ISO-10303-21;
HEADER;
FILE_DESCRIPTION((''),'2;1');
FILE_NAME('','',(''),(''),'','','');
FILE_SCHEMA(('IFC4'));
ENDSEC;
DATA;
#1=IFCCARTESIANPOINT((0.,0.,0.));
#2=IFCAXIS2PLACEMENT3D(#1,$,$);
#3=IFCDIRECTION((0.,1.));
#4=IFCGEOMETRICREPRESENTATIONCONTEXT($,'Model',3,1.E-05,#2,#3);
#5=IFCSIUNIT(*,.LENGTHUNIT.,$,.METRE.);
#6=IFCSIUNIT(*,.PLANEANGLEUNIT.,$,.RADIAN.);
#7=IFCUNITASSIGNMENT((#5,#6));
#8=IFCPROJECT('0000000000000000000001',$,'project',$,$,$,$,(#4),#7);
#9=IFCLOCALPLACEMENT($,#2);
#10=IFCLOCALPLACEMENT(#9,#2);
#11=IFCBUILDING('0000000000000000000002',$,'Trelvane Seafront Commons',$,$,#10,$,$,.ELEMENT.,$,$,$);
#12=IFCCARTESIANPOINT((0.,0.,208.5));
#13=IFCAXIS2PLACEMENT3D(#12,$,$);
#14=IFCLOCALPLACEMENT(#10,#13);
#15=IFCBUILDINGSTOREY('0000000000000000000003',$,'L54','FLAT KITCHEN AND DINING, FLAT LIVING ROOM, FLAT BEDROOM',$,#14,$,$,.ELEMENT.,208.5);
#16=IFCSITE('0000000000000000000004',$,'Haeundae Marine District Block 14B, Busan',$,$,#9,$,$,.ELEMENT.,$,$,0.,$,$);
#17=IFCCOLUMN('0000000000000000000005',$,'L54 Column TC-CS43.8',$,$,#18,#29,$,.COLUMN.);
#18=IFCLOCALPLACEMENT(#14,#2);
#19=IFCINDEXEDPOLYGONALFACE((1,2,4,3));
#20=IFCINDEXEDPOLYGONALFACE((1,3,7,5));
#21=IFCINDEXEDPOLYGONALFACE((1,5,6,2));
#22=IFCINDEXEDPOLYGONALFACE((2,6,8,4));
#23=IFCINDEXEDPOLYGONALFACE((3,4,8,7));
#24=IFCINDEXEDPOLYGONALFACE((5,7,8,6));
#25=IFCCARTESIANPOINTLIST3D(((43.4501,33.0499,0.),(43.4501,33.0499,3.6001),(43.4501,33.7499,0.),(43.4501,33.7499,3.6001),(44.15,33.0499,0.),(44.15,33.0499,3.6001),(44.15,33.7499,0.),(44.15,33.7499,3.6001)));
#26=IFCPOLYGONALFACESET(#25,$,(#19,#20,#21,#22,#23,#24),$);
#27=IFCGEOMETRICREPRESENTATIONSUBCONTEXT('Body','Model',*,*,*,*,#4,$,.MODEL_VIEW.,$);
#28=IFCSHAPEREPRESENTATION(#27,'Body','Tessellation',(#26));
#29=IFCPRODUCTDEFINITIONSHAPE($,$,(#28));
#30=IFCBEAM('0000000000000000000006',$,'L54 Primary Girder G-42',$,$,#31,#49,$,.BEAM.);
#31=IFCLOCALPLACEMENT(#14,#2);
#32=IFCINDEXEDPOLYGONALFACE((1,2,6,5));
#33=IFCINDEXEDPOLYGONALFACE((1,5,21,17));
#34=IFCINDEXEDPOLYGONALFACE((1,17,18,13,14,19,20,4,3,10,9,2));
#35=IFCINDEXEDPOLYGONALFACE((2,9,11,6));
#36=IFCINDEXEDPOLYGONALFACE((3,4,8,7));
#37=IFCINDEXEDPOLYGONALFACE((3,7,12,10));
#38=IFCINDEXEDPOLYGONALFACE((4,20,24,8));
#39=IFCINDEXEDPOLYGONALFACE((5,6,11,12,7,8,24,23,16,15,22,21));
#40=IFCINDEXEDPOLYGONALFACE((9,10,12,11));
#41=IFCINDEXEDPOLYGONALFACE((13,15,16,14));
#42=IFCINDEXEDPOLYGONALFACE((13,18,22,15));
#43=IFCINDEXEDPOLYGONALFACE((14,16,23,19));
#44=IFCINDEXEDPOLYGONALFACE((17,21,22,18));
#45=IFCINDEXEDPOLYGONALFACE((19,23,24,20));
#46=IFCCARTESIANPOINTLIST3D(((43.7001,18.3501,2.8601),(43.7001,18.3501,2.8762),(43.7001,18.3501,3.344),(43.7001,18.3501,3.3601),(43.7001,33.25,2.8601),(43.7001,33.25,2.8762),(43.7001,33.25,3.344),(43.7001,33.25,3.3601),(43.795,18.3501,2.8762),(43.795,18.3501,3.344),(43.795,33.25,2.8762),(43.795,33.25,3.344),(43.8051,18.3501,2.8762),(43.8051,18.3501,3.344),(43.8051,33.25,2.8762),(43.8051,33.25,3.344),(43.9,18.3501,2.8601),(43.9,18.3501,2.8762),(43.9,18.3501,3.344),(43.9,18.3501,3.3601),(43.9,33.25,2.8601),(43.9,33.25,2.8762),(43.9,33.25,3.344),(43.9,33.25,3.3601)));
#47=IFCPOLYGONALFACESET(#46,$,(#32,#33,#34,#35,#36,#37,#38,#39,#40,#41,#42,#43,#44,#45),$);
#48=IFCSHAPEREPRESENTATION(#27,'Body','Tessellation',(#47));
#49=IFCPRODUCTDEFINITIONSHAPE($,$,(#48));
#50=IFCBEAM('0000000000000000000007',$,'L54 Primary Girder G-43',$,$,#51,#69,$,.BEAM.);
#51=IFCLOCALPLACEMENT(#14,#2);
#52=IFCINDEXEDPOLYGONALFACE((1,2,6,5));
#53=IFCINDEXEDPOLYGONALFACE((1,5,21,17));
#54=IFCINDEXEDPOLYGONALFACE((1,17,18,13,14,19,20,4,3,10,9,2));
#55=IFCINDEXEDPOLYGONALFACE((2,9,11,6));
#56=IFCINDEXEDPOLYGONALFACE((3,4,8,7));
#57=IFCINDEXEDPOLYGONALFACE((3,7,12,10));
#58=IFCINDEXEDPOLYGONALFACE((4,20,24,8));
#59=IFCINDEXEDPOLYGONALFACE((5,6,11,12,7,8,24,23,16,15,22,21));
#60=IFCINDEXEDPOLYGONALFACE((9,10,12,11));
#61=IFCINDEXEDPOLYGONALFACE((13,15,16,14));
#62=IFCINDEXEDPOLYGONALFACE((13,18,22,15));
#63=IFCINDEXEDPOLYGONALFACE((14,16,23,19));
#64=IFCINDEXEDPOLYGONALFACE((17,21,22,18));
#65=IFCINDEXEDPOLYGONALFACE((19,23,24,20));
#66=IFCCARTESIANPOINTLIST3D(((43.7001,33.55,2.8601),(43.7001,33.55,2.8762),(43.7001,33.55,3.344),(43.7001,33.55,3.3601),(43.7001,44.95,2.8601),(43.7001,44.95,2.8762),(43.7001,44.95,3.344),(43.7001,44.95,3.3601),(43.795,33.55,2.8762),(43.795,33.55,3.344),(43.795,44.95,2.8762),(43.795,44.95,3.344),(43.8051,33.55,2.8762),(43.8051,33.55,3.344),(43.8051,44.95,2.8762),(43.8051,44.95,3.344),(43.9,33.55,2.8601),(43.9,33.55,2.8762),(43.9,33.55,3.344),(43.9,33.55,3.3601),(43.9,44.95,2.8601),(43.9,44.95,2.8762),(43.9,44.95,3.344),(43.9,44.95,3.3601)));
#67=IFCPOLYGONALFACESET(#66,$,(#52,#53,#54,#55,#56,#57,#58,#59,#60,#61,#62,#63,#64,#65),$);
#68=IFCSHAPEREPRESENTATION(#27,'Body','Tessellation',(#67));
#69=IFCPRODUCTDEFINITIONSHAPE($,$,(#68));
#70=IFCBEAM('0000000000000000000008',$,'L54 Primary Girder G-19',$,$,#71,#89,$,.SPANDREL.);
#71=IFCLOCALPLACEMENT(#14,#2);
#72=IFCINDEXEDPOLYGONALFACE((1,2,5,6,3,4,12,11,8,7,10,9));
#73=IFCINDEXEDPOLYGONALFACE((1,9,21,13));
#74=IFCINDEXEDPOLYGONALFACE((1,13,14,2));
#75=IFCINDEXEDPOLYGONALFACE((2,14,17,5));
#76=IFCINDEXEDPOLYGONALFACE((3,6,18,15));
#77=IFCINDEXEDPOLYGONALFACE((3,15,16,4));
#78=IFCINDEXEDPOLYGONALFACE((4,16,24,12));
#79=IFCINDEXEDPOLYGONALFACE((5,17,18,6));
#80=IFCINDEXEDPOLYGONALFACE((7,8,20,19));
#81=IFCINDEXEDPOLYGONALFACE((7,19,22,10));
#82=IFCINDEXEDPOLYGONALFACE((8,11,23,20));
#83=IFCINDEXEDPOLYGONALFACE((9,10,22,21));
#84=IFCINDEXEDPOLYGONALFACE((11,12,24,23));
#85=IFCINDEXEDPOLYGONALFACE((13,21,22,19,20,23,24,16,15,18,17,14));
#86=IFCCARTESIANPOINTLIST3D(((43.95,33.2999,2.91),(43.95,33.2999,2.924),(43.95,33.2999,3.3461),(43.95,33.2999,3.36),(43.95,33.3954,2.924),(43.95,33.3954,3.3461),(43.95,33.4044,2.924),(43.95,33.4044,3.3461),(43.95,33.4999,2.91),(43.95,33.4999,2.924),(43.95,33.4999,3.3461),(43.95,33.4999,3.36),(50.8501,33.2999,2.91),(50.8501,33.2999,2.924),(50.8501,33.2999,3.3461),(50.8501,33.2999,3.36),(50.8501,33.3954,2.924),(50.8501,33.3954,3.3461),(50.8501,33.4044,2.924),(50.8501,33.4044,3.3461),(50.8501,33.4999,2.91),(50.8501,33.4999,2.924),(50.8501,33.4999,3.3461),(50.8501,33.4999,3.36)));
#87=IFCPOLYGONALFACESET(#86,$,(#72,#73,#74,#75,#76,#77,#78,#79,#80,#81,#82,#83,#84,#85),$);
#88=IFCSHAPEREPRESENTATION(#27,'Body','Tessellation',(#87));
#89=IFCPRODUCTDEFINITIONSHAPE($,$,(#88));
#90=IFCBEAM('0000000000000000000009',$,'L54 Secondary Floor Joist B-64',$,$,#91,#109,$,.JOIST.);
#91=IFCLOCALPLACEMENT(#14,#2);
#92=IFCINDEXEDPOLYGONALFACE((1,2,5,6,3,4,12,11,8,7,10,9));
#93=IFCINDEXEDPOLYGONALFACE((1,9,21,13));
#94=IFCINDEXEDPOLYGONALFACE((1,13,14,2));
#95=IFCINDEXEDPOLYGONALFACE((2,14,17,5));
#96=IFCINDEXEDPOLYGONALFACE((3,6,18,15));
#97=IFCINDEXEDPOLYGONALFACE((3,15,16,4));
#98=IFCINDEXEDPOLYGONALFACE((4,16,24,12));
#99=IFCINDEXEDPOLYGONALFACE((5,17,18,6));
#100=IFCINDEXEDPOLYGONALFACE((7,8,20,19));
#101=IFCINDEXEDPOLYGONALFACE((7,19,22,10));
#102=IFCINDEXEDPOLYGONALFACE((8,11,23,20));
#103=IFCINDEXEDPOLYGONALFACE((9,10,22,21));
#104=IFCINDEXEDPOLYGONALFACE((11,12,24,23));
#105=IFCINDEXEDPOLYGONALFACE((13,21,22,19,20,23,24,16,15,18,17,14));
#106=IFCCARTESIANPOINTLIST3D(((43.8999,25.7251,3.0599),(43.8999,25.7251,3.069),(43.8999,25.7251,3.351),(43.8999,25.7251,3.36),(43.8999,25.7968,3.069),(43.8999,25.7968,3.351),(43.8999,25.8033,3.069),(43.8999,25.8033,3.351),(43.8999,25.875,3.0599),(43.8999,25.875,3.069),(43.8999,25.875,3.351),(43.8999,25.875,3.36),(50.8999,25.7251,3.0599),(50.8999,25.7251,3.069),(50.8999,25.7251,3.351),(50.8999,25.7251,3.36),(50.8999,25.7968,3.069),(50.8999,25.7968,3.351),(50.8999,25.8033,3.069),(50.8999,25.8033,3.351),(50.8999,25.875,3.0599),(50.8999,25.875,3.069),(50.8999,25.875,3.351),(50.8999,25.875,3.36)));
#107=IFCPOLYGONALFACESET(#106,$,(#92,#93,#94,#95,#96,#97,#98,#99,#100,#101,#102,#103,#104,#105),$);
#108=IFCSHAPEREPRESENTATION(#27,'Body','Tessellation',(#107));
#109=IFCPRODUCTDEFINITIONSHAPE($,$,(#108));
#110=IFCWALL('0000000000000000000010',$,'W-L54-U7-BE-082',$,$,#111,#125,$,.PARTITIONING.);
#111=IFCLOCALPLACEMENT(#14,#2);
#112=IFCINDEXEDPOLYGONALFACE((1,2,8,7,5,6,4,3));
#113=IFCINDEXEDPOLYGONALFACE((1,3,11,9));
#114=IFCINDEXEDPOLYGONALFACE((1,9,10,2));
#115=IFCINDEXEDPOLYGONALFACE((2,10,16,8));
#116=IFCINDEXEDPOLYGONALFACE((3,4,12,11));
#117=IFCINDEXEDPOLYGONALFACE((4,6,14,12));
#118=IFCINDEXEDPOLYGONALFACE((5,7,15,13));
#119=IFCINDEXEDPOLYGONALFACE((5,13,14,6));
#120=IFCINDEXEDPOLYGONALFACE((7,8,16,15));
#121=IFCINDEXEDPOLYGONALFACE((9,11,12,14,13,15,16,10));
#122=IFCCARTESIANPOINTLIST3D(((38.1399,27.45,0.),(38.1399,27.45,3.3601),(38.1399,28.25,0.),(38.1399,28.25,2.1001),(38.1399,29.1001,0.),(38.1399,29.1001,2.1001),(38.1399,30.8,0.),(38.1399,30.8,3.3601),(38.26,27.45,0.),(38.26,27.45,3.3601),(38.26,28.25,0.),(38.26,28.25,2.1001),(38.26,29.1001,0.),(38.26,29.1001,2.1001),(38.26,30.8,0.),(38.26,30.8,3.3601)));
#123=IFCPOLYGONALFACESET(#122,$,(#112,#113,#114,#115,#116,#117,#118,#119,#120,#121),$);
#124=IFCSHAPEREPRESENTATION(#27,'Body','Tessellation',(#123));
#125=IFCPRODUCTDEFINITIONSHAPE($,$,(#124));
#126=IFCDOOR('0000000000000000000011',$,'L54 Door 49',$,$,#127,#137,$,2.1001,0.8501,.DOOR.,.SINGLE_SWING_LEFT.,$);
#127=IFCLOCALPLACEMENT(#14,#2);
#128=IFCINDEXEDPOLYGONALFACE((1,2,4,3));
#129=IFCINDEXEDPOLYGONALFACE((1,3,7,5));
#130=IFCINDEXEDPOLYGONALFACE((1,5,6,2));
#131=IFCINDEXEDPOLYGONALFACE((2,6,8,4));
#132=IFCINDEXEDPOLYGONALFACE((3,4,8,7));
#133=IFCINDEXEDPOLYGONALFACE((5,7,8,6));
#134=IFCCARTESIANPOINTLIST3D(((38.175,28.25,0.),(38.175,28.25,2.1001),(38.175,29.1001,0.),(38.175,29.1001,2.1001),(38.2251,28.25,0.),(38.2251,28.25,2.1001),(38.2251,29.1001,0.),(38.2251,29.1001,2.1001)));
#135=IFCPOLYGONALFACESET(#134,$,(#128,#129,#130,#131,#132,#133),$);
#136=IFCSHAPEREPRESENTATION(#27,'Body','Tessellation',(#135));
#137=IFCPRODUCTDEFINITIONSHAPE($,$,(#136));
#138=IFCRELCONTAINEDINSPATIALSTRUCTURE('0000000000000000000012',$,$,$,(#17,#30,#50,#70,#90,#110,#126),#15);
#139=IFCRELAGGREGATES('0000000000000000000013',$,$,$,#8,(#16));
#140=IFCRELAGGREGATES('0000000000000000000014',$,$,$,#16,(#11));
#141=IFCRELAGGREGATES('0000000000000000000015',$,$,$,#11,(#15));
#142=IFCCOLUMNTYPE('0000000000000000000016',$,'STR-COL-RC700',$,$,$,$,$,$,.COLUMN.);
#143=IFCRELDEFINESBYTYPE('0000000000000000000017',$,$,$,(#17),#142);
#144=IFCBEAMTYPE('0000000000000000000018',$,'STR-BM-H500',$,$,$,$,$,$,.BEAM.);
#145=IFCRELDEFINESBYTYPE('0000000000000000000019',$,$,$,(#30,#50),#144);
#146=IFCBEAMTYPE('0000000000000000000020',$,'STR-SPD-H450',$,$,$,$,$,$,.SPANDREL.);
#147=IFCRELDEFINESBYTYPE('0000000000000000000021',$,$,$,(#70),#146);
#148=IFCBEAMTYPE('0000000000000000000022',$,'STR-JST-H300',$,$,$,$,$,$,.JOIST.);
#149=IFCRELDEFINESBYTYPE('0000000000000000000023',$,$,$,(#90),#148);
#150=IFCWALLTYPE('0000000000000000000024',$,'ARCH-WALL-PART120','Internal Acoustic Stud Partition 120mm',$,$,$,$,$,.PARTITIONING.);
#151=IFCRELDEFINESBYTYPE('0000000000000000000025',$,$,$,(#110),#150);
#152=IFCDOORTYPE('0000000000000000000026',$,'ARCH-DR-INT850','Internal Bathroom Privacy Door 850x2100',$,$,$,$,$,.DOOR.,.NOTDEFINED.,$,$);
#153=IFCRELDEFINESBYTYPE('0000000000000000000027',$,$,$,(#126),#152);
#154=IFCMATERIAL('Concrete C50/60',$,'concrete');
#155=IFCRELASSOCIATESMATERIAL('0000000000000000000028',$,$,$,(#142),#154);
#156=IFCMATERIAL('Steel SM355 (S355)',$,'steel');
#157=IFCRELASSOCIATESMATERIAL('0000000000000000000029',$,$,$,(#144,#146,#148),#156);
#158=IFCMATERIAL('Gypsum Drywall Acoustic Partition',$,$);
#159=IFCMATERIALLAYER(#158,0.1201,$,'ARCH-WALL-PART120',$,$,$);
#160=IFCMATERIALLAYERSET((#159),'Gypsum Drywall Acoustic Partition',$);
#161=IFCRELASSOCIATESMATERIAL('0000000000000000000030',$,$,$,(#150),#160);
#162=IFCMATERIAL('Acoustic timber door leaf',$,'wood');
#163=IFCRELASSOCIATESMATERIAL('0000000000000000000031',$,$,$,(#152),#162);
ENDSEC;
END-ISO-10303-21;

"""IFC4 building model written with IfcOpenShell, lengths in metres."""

from ifc_helpers import new_model, si_unit, direction, frame, frame_2d, origin, origin_2d, place, context, subcontext, project, spatial, rectangle, i_section, extrude, source, transform, mapped, material, layer, layer_set, material_profile, profile_set, type_object, element, fill, save


model = new_model("IFC4")

# Units and contexts
model_context = context("Model", 3, precision=1e-05, world=origin(), true_north=direction((0.0, 1.0)))
body_context = subcontext(model_context, "Body", "Model", "MODEL_VIEW")
ifc_project = project(units=[si_unit("LENGTHUNIT", "METRE"), si_unit("PLANEANGLEUNIT", "RADIAN")], contexts=[model_context])

# Site, building, storey
site_placement = place(None, origin())
site = spatial("IfcSite", under=ifc_project, at=site_placement, Name="Haeundae Marine District Block 14B, Busan", CompositionType="ELEMENT", RefElevation=0.0)
building_placement = place(site_placement, origin())
building = spatial("IfcBuilding", under=site, at=building_placement, Name="Trelvane Seafront Commons", CompositionType="ELEMENT")
storey_placement = place(building_placement, frame((0.0, 0.0, 208.5)))
storey = spatial("IfcBuildingStorey", under=building, at=storey_placement, Name="L54", Description="FLAT KITCHEN AND DINING, FLAT LIVING ROOM, FLAT BEDROOM", CompositionType="ELEMENT", Elevation=208.5)

# Column
ifc_material_1 = material(Name="Concrete C50/60", Category="concrete")
ifc_material_profile_1 = material_profile(ifc_material_1, rectangle(XDim=0.7, YDim=0.7, at=origin_2d()), Name="RC-700x700")
ifc_profile_set_1 = profile_set([ifc_material_profile_1], Name="Concrete C50/60")
column_type = type_object("IfcColumnType", Name="STR-COL-RC700", PredefinedType="COLUMN", material=ifc_profile_set_1)
shared_shape_1 = source(origin(), body_context, "Body", "SweptSolid", [
    extrude(rectangle(XDim=0.7, YDim=0.7, at=origin_2d()), origin(), (0.0, 0.0, 1.0), 3.6001),
])
column_placement = place(storey_placement, frame((43.8, 33.3999, 0.0), z_axis=(0.0, 0.0, 1.0), x_axis=(1.0, 0.0, 0.0)))
element("IfcColumn", 1, at=column_placement, inside=storey, type_object=column_type, Name="L54 Column TC-CS43.8", PredefinedType="COLUMN", context=body_context, shape_type="MappedRepresentation", body=[
    mapped(shared_shape_1, transform((0.0, 0.0, 0.0), x_axis=(1.0, 0.0, 0.0), y_axis=(0.0, 1.0, 0.0), z_axis=(0.0, 0.0, 1.0), scale=1.0)),
])

# Beams
ifc_material_2 = material(Name="Steel SM355 (S355)", Category="steel")
ifc_material_profile_2 = material_profile(ifc_material_2, i_section(OverallWidth=0.2, OverallDepth=0.5, WebThickness=0.01, FlangeThickness=0.0161, at=origin_2d()), Name="H-500x200x10x16")
ifc_profile_set_2 = profile_set([ifc_material_profile_2], Name="Steel SM355 (S355)")
beam_type_1 = type_object("IfcBeamType", Name="STR-BM-H500", PredefinedType="BEAM", material=ifc_profile_set_2)
shared_shape_2 = source(origin(), body_context, "Body", "SweptSolid", [
    extrude(i_section(OverallWidth=0.2, OverallDepth=0.5, WebThickness=0.01, FlangeThickness=0.0161, at=origin_2d()), origin(), (0.0, 0.0, 1.0), 14.8999),
])
beam_1_placement = place(storey_placement, frame((43.8, 18.3501, 3.1101), z_axis=(0.0, 1.0, 0.0), x_axis=(-1.0, 0.0, 0.0)))
element("IfcBeam", 2, at=beam_1_placement, inside=storey, type_object=beam_type_1, Name="L54 Primary Girder G-42", PredefinedType="BEAM", context=body_context, shape_type="MappedRepresentation", body=[
    mapped(shared_shape_2, transform((0.0, 0.0, 0.0), x_axis=(1.0, 0.0, 0.0), y_axis=(0.0, 1.0, 0.0), z_axis=(0.0, 0.0, 1.0), scale=1.0)),
])
shared_shape_3 = source(origin(), body_context, "Body", "SweptSolid", [
    extrude(i_section(OverallWidth=0.2, OverallDepth=0.5, WebThickness=0.01, FlangeThickness=0.0161, at=origin_2d()), origin(), (0.0, 0.0, 1.0), 11.3999),
])
beam_2_placement = place(storey_placement, frame((43.8, 33.55, 3.1101), z_axis=(0.0, 1.0, 0.0), x_axis=(-1.0, 0.0, 0.0)))
element("IfcBeam", 3, at=beam_2_placement, inside=storey, type_object=beam_type_1, Name="L54 Primary Girder G-43", PredefinedType="BEAM", context=body_context, shape_type="MappedRepresentation", body=[
    mapped(shared_shape_3, transform((0.0, 0.0, 0.0), x_axis=(1.0, 0.0, 0.0), y_axis=(0.0, 1.0, 0.0), z_axis=(0.0, 0.0, 1.0), scale=1.0)),
])
ifc_material_profile_3 = material_profile(ifc_material_2, i_section(OverallWidth=0.2, OverallDepth=0.45, WebThickness=0.009, FlangeThickness=0.0139, at=origin_2d()), Name="H-450x200x9x14")
ifc_profile_set_3 = profile_set([ifc_material_profile_3], Name="Steel SM355 (S355)")
beam_type_2 = type_object("IfcBeamType", Name="STR-SPD-H450", PredefinedType="SPANDREL", material=ifc_profile_set_3)
shared_shape_4 = source(origin(), body_context, "Body", "SweptSolid", [
    extrude(i_section(OverallWidth=0.2, OverallDepth=0.45, WebThickness=0.009, FlangeThickness=0.0139, at=origin_2d()), origin(), (0.0, 0.0, 1.0), 6.9001),
])
beam_3_placement = place(storey_placement, frame((43.95, 33.3999, 3.135), z_axis=(1.0, 0.0, 0.0), x_axis=(0.0, 1.0, 0.0)))
element("IfcBeam", 4, at=beam_3_placement, inside=storey, type_object=beam_type_2, Name="L54 Primary Girder G-19", PredefinedType="SPANDREL", context=body_context, shape_type="MappedRepresentation", body=[
    mapped(shared_shape_4, transform((0.0, 0.0, 0.0), x_axis=(1.0, 0.0, 0.0), y_axis=(0.0, 1.0, 0.0), z_axis=(0.0, 0.0, 1.0), scale=1.0)),
])
ifc_material_profile_4 = material_profile(ifc_material_2, i_section(OverallWidth=0.1499, OverallDepth=0.3, WebThickness=0.0066, FlangeThickness=0.009, at=origin_2d()), Name="H-300x150x6.5x9")
ifc_profile_set_4 = profile_set([ifc_material_profile_4], Name="Steel SM355 (S355)")
beam_type_3 = type_object("IfcBeamType", Name="STR-JST-H300", PredefinedType="JOIST", material=ifc_profile_set_4)
shared_shape_5 = source(origin(), body_context, "Body", "SweptSolid", [
    extrude(i_section(OverallWidth=0.1499, OverallDepth=0.3, WebThickness=0.0066, FlangeThickness=0.009, at=origin_2d()), origin(), (0.0, 0.0, 1.0), 7.0),
])
beam_4_placement = place(storey_placement, frame((43.8999, 25.8, 3.21), z_axis=(1.0, 0.0, 0.0), x_axis=(0.0, 1.0, 0.0)))
element("IfcBeam", 5, at=beam_4_placement, inside=storey, type_object=beam_type_3, Name="L54 Secondary Floor Joist B-64", PredefinedType="JOIST", context=body_context, shape_type="MappedRepresentation", body=[
    mapped(shared_shape_5, transform((0.0, 0.0, 0.0), x_axis=(1.0, 0.0, 0.0), y_axis=(0.0, 1.0, 0.0), z_axis=(0.0, 0.0, 1.0), scale=1.0)),
])

# Wall, opening, door
ifc_material_3 = material(Name="Gypsum Drywall Acoustic Partition")
ifc_layer_1 = layer(ifc_material_3, 0.1201, Name="ARCH-WALL-PART120")
ifc_layer_set_1 = layer_set([ifc_layer_1], Name="Gypsum Drywall Acoustic Partition")
wall_type_1 = type_object("IfcWallType", Name="ARCH-WALL-PART120", Description="Internal Acoustic Stud Partition 120mm", PredefinedType="PARTITIONING", material=ifc_layer_set_1)
wall_1_placement = place(storey_placement, frame((38.2, 27.45, 0.0), z_axis=(0.0, 0.0, 1.0), x_axis=(0.0, 1.0, 0.0)))
wall_1 = element("IfcWall", 6, at=wall_1_placement, inside=storey, type_object=wall_type_1, Name="W-L54-U7-BE-082", PredefinedType="PARTITIONING", context=body_context, shape_type="SweptSolid", body=[
    extrude(rectangle(XDim=3.3501, YDim=0.1201, at=frame_2d((1.675, 0.0))), origin(), (0.0, 0.0, 1.0), 3.3601),
])
opening_1_placement = place(wall_1_placement, frame((0.8, 0.0, 0.0)))
opening_1 = element("IfcOpeningElement", 7, at=opening_1_placement, cuts=wall_1, PredefinedType="OPENING", context=body_context, shape_type="SweptSolid", body=[
    extrude(rectangle(XDim=0.8501, YDim=2.1001, at=frame_2d((0.425, 1.05))), frame((0.0, 0.0701, 0.0), z_axis=(0.0, -1.0, 0.0), x_axis=(1.0, 0.0, 0.0)), (0.0, 0.0, 1.0), 0.1401),
])
ifc_material_4 = material(Name="Acoustic timber door leaf", Category="wood")
door_type_1 = type_object("IfcDoorType", Name="ARCH-DR-INT850", Description="Internal Bathroom Privacy Door 850x2100", OperationType="NOTDEFINED", PredefinedType="DOOR", material=ifc_material_4)
shared_shape_6 = source(origin(), body_context, "Body", "SweptSolid", [
    extrude(rectangle(XDim=0.8501, YDim=2.1001, at=frame_2d((0.425, 1.05))), frame((0.0, 0.0249, 0.0), z_axis=(0.0, -1.0, 0.0), x_axis=(1.0, 0.0, 0.0)), (0.0, 0.0, 1.0), 0.05),
])
door_1_placement = place(opening_1_placement, origin())
door_1 = element("IfcDoor", 8, at=door_1_placement, inside=storey, type_object=door_type_1, Name="L54 Door 49", OperationType="SINGLE_SWING_LEFT", OverallHeight=2.1001, OverallWidth=0.8501, PredefinedType="DOOR", context=body_context, shape_type="MappedRepresentation", body=[
    mapped(shared_shape_6, transform((0.0, 0.0, 0.0), x_axis=(1.0, 0.0, 0.0), y_axis=(0.0, 1.0, 0.0), z_axis=(0.0, 0.0, 1.0), scale=1.0)),
])
fill(opening_1, door_1)

save(model, "model.ifc")
